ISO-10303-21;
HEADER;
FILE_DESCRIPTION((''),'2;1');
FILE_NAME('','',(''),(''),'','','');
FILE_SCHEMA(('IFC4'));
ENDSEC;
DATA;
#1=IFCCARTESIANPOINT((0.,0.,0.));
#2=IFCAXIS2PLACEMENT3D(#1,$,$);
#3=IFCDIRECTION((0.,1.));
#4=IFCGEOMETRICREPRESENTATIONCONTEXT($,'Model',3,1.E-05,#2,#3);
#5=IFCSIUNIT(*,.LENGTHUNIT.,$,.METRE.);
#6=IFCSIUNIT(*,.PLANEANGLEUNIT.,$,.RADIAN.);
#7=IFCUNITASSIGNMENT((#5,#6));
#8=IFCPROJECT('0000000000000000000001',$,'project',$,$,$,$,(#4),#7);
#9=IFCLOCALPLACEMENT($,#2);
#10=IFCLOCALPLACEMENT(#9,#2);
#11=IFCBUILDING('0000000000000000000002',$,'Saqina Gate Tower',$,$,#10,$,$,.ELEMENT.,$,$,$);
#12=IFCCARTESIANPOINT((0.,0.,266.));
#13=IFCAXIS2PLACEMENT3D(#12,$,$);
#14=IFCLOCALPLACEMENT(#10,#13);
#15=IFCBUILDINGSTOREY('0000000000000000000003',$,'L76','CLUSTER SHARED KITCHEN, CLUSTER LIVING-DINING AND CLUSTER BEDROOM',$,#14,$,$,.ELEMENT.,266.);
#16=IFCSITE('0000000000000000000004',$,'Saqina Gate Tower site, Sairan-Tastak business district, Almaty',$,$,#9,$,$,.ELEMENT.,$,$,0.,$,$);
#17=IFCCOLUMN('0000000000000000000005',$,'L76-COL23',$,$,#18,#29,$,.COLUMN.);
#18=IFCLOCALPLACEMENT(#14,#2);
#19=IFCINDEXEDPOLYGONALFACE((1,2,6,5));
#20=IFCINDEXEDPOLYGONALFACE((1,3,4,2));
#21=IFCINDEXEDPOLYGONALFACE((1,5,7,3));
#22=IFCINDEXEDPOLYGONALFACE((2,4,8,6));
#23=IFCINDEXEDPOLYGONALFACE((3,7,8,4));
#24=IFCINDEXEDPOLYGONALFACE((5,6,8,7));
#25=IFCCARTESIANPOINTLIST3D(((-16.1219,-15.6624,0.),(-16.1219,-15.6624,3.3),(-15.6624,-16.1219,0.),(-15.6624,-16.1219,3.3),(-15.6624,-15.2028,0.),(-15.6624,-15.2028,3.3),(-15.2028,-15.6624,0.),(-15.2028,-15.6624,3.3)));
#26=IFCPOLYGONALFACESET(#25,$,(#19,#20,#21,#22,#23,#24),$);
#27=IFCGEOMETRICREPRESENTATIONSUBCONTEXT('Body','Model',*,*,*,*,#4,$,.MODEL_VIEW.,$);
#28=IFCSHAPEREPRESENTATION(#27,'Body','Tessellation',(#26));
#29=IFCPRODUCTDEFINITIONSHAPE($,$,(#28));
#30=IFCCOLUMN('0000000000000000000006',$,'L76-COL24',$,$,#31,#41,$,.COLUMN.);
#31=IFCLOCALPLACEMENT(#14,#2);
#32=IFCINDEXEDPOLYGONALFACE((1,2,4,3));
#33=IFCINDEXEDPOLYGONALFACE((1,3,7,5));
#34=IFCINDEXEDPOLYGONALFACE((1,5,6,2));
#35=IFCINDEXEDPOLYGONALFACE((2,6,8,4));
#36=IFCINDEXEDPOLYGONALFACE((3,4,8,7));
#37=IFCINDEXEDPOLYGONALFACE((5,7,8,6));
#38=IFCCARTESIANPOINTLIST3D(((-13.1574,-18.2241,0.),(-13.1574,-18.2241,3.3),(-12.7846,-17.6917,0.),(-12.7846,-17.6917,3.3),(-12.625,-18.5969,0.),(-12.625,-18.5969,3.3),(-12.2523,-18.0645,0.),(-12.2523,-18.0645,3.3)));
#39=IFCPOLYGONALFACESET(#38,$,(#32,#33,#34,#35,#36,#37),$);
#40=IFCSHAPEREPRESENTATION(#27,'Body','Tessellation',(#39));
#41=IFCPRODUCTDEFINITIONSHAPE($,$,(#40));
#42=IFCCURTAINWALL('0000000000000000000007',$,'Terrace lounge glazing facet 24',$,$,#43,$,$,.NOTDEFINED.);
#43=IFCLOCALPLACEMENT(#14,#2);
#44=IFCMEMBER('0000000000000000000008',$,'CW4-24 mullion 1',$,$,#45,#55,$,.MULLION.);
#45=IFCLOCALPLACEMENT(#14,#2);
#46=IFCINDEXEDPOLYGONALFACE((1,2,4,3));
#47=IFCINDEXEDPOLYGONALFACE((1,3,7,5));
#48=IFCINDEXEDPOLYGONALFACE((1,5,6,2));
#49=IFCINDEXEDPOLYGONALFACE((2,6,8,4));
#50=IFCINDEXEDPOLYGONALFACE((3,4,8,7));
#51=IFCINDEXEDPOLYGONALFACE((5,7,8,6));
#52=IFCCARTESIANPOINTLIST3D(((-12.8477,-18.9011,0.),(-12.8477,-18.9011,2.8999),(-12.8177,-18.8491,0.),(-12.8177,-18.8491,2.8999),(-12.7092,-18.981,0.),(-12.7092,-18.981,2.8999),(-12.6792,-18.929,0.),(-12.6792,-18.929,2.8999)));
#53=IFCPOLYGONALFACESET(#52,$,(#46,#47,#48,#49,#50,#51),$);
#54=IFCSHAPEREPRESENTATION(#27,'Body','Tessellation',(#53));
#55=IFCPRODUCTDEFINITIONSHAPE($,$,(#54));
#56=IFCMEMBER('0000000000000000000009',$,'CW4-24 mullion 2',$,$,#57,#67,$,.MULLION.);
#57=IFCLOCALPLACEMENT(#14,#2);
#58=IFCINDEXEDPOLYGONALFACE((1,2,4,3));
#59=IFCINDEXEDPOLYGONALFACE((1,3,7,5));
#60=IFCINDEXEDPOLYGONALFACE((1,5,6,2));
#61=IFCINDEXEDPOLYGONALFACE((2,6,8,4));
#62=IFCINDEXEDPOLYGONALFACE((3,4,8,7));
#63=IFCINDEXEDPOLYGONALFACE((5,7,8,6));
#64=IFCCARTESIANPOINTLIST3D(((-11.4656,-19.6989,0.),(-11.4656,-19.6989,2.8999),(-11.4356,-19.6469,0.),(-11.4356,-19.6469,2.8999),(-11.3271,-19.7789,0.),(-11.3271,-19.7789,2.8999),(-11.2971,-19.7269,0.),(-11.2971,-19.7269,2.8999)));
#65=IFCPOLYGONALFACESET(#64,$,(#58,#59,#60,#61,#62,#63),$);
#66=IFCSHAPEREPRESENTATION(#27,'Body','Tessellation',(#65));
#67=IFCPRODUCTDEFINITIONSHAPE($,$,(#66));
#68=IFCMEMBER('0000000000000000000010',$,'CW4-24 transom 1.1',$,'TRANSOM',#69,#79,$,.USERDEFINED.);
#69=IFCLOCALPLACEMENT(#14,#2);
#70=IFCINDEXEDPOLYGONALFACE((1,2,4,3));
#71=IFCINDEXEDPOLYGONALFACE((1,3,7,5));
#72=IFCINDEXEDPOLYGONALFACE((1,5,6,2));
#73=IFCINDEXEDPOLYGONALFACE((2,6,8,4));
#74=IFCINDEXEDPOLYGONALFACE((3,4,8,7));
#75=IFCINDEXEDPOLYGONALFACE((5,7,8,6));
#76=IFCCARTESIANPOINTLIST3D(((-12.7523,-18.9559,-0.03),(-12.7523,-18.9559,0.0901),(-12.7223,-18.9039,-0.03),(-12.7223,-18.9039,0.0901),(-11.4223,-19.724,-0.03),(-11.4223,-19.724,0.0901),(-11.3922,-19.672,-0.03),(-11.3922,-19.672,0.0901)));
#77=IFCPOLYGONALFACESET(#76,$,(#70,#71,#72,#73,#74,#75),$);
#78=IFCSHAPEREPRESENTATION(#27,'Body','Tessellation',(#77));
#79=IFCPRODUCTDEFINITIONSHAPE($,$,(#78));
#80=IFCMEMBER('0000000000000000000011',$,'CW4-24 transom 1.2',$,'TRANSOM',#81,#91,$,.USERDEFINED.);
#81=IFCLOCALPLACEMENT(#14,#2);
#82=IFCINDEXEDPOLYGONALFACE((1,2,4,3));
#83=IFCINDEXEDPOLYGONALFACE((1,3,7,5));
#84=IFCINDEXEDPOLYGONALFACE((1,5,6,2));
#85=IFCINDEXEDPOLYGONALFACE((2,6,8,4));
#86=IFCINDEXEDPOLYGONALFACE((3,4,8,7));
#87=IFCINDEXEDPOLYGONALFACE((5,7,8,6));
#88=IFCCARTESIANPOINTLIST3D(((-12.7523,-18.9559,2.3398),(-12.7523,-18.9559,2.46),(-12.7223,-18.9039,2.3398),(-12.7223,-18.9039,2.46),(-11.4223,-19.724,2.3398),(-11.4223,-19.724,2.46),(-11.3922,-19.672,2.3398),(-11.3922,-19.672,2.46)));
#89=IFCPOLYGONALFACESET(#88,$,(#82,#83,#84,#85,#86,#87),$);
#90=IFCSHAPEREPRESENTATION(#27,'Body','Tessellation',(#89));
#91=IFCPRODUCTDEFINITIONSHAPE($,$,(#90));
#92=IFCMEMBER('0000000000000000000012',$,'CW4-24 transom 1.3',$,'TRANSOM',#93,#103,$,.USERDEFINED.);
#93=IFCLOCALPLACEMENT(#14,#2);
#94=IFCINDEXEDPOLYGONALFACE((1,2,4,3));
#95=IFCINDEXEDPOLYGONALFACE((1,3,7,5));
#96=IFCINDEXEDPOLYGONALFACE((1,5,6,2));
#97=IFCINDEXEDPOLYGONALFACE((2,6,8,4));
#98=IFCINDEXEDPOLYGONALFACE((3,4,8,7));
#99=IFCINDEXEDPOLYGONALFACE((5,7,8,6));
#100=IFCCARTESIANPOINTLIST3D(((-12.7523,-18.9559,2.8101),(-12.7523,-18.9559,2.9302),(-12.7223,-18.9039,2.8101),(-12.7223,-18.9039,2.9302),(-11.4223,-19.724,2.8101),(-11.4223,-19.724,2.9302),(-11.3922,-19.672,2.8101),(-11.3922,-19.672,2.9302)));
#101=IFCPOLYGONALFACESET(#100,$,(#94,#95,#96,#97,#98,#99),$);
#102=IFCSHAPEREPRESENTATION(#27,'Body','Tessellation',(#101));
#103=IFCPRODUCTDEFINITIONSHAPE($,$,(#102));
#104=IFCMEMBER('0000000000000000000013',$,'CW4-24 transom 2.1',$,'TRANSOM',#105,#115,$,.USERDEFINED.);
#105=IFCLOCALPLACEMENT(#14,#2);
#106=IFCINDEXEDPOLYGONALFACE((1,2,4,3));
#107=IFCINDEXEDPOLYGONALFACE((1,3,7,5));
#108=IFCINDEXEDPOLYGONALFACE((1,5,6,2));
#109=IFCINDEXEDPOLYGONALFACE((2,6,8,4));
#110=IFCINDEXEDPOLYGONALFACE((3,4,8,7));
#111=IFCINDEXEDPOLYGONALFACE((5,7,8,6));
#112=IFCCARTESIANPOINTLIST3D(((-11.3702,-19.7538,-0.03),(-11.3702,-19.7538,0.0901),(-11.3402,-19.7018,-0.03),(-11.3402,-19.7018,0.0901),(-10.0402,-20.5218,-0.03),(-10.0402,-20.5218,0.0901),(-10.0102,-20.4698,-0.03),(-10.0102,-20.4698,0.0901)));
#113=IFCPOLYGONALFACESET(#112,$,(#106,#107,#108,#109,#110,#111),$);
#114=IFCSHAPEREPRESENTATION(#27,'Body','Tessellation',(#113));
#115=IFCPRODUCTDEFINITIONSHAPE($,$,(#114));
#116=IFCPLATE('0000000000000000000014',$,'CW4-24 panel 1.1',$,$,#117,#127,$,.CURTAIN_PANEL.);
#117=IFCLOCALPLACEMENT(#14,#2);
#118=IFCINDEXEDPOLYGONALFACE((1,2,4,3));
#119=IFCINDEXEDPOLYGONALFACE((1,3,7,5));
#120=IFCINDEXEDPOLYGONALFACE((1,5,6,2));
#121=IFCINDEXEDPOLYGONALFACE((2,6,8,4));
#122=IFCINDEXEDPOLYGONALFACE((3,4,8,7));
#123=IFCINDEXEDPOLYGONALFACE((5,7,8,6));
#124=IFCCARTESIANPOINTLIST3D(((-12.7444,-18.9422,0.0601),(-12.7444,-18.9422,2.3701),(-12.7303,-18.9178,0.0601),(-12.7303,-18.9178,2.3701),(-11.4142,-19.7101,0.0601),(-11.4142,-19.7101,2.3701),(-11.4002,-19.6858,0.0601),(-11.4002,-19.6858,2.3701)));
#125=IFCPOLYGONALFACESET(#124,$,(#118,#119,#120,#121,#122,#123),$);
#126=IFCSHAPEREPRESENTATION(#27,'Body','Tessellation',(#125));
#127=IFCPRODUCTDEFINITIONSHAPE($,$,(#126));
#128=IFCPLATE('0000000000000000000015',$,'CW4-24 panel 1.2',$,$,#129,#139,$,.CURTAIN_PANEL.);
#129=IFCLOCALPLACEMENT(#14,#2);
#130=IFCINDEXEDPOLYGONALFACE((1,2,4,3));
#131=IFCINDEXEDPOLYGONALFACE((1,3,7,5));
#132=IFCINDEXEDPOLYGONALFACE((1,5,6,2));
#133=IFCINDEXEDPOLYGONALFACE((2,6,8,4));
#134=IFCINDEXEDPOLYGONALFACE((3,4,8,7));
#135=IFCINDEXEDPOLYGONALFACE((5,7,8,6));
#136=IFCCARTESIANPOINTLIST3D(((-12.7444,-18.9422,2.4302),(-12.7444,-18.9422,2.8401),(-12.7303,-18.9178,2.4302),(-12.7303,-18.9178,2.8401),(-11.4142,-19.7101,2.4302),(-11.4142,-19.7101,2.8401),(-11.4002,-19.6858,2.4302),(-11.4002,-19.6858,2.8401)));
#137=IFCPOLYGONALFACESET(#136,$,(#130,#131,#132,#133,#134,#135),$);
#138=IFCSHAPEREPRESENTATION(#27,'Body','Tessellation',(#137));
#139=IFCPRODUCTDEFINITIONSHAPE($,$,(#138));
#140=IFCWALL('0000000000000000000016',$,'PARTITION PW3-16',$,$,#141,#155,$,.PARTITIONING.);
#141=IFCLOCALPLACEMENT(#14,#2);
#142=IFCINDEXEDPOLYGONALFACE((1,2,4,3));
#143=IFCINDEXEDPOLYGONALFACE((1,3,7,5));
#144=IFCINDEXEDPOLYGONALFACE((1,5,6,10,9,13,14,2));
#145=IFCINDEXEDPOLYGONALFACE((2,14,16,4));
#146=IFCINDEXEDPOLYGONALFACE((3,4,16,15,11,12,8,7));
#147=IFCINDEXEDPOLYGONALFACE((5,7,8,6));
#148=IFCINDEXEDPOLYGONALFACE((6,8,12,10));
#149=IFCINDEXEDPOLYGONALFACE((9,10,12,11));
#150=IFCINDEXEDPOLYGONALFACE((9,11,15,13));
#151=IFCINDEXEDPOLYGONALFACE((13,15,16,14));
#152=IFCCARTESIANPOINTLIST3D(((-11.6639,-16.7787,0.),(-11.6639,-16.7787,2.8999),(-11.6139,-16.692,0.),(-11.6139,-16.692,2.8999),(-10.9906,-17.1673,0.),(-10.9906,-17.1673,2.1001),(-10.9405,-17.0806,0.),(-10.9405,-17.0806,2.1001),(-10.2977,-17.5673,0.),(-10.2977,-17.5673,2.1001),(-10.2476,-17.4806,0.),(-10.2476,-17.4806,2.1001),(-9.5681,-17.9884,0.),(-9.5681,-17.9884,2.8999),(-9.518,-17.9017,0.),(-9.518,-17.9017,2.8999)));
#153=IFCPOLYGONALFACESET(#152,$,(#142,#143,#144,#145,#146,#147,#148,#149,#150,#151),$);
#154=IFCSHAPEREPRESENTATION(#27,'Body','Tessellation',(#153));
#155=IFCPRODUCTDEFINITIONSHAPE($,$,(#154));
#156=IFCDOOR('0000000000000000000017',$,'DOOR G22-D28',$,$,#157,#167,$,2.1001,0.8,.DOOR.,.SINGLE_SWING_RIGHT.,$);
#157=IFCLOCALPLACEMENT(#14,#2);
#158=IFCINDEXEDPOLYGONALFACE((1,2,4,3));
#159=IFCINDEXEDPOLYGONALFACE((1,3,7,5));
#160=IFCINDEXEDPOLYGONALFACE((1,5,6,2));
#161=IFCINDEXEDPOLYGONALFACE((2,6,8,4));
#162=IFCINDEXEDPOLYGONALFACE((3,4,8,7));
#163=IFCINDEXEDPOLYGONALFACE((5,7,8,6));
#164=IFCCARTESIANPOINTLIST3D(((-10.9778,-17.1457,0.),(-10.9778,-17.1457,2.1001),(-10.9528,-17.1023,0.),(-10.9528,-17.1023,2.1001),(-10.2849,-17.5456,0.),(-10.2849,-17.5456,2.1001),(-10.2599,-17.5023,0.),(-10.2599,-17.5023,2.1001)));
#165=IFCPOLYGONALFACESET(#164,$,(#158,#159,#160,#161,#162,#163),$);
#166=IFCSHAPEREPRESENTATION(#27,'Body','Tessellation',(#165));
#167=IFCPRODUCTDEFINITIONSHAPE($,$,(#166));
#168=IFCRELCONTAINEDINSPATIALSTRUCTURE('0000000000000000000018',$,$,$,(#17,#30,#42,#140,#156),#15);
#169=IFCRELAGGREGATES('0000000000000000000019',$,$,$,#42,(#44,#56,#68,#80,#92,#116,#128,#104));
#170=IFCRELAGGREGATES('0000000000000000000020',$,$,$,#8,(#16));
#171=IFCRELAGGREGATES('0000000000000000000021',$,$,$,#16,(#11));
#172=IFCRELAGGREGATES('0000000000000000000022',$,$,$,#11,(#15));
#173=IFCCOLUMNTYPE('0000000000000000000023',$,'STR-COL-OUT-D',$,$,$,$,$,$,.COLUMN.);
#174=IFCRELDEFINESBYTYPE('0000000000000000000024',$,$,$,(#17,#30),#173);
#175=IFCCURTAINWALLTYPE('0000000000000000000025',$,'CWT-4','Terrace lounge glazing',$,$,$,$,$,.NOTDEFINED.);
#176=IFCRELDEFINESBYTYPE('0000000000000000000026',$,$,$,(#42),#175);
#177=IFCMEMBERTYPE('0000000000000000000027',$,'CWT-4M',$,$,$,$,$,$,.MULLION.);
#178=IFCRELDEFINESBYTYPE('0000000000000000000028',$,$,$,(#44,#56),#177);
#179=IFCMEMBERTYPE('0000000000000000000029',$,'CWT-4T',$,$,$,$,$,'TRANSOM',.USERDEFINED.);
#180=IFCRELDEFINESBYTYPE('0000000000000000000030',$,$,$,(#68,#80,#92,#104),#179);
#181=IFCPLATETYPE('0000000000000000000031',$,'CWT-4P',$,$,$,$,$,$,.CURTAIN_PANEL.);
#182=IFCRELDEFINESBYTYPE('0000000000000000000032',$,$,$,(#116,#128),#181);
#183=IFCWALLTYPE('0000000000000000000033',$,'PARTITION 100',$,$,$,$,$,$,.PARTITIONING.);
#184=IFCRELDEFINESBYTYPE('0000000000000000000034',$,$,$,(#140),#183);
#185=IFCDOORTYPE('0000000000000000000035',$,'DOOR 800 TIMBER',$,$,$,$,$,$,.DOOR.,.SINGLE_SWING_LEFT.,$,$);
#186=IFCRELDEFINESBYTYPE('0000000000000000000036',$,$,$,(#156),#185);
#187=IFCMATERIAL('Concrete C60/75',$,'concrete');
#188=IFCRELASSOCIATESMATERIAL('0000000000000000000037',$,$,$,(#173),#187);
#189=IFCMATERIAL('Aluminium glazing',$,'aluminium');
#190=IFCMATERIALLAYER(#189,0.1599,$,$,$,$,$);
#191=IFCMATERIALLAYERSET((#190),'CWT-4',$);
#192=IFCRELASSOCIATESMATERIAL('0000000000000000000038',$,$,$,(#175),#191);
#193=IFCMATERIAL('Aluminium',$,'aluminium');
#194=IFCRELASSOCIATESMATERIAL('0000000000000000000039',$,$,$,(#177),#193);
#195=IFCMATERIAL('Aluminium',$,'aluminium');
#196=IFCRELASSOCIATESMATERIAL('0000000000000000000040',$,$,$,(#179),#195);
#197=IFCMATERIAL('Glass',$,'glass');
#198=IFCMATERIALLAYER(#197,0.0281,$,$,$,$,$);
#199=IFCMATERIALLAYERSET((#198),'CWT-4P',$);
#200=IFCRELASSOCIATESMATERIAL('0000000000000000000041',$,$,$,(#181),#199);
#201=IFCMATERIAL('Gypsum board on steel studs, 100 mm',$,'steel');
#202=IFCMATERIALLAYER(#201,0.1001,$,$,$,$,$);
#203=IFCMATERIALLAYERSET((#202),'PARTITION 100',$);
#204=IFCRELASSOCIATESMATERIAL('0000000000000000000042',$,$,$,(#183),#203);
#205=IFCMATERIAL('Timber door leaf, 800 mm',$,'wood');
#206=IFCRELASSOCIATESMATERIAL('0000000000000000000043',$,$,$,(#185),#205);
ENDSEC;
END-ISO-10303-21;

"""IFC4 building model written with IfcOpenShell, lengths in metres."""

from ifc_helpers import new_model, si_unit, direction, frame, frame_2d, origin, origin_2d, place, context, subcontext, project, spatial, rectangle, extrude, material, layer, layer_set, material_profile, profile_set, type_object, element, fill, aggregate, save


model = new_model("IFC4")

# Units and contexts
model_context = context("Model", 3, precision=1e-05, world=origin(), true_north=direction((0.0, 1.0)))
body_context = subcontext(model_context, "Body", "Model", "MODEL_VIEW")
ifc_project = project(units=[si_unit("LENGTHUNIT", "METRE"), si_unit("PLANEANGLEUNIT", "RADIAN")], contexts=[model_context])

# Site, building, storey
site_placement = place(None, origin())
site = spatial("IfcSite", under=ifc_project, at=site_placement, Name="Saqina Gate Tower site, Sairan-Tastak business district, Almaty", CompositionType="ELEMENT", RefElevation=0.0)
building_placement = place(site_placement, origin())
building = spatial("IfcBuilding", under=site, at=building_placement, Name="Saqina Gate Tower", CompositionType="ELEMENT")
storey_placement = place(building_placement, frame((0.0, 0.0, 266.0)))
storey = spatial("IfcBuildingStorey", under=building, at=storey_placement, Name="L76", Description="CLUSTER SHARED KITCHEN, CLUSTER LIVING-DINING AND CLUSTER BEDROOM", CompositionType="ELEMENT", Elevation=266.0)

# Columns
ifc_material_1 = material(Name="Concrete C60/75", Category="concrete")
ifc_material_profile_1 = material_profile(ifc_material_1, rectangle(XDim=0.6499, YDim=0.6499, at=origin_2d()), Name="RC 650x650")
ifc_profile_set_1 = profile_set([ifc_material_profile_1], Name="Concrete C60/75")
column_type = type_object("IfcColumnType", Name="STR-COL-OUT-D", PredefinedType="COLUMN", material=ifc_profile_set_1)
for number, where, z_axis, x_axis, name in (
    (1, (-15.6624, -15.6624, 0.0), (0.0, 0.0, 1.0), (-0.707107, -0.707107, 0.0), "L76-COL23"),
    (2, (-12.7048, -18.1443, 0.0), (0.0, 0.0, 1.0), (-0.573576, -0.819152, 0.0), "L76-COL24"),
):
    element("IfcColumn", number, at=place(storey_placement, frame(where, z_axis=z_axis, x_axis=x_axis)), inside=storey, type_object=column_type, Name=name, PredefinedType="COLUMN", context=body_context, shape_type="SweptSolid", body=[
        extrude(rectangle(XDim=0.6499, YDim=0.6499, at=origin_2d()), origin(), (0.0, 0.0, 1.0), 3.3),
    ])

# Curtain wall, members, plates
ifc_material_2 = material(Name="Aluminium glazing", Category="aluminium")
ifc_layer_1 = layer(ifc_material_2, 0.1599)
ifc_layer_set_1 = layer_set([ifc_layer_1], Name="CWT-4")
curtain_wall_type = type_object("IfcCurtainWallType", Name="CWT-4", Description="Terrace lounge glazing", PredefinedType="NOTDEFINED", material=ifc_layer_set_1)
curtain_wall_placement = place(storey_placement, origin())
curtain_wall = element("IfcCurtainWall", 3, at=curtain_wall_placement, inside=storey, type_object=curtain_wall_type, Name="Terrace lounge glazing facet 24", PredefinedType="NOTDEFINED")
ifc_material_3 = material(Name="Aluminium", Category="aluminium")
ifc_material_profile_2 = material_profile(ifc_material_3, rectangle(XDim=0.0601, YDim=0.1599, at=origin_2d()), Name="Aluminium 60x160")
ifc_profile_set_2 = profile_set([ifc_material_profile_2], Name="Aluminium")
member_type_1 = type_object("IfcMemberType", Name="CWT-4M", PredefinedType="MULLION", material=ifc_profile_set_2)
member_1_placement = place(storey_placement, frame((-12.7634, -18.915, 0.0), z_axis=(0.0, 0.0, 1.0), x_axis=(0.499982, 0.866036, 0.0)))
member_1 = element("IfcMember", 4, at=member_1_placement, type_object=member_type_1, Name="CW4-24 mullion 1", PredefinedType="MULLION", context=body_context, shape_type="SweptSolid", body=[
    extrude(rectangle(XDim=0.0601, YDim=0.1599, at=origin_2d()), origin(), (0.0, 0.0, 1.0), 2.8999),
])
member_2_placement = place(storey_placement, frame((-11.3813, -19.7129, 0.0), z_axis=(0.0, 0.0, 1.0), x_axis=(0.499982, 0.866036, 0.0)))
member_2 = element("IfcMember", 5, at=member_2_placement, type_object=member_type_1, Name="CW4-24 mullion 2", PredefinedType="MULLION", context=body_context, shape_type="SweptSolid", body=[
    extrude(rectangle(XDim=0.0601, YDim=0.1599, at=origin_2d()), origin(), (0.0, 0.0, 1.0), 2.8999),
])
ifc_material_4 = material(Name="Aluminium", Category="aluminium")
ifc_material_profile_3 = material_profile(ifc_material_4, rectangle(XDim=0.0601, YDim=0.1201, at=origin_2d()), Name="Aluminium 60x120")
ifc_profile_set_3 = profile_set([ifc_material_profile_3], Name="Aluminium")
member_type_2 = type_object("IfcMemberType", Name="CWT-4T", ElementType="TRANSOM", PredefinedType="USERDEFINED", material=ifc_profile_set_3)
member_3_placement = place(storey_placement, frame((-12.7373, -18.9299, 0.03), z_axis=(0.865984, -0.500071, 0.0), x_axis=(0.500071, 0.865984, 0.0)))
member_3 = element("IfcMember", 6, at=member_3_placement, type_object=member_type_2, Name="CW4-24 transom 1.1", ObjectType="TRANSOM", PredefinedType="USERDEFINED", context=body_context, shape_type="SweptSolid", body=[
    extrude(rectangle(XDim=0.0601, YDim=0.1201, at=origin_2d()), origin(), (0.0, 0.0, 1.0), 1.5359),
])
member_4_placement = place(storey_placement, frame((-12.7373, -18.9299, 2.3999), z_axis=(0.865984, -0.500071, 0.0), x_axis=(0.500071, 0.865984, 0.0)))
member_4 = element("IfcMember", 7, at=member_4_placement, type_object=member_type_2, Name="CW4-24 transom 1.2", ObjectType="TRANSOM", PredefinedType="USERDEFINED", context=body_context, shape_type="SweptSolid", body=[
    extrude(rectangle(XDim=0.0601, YDim=0.1201, at=origin_2d()), origin(), (0.0, 0.0, 1.0), 1.5359),
])
member_5_placement = place(storey_placement, frame((-12.7373, -18.9299, 2.8701), z_axis=(0.865984, -0.500071, 0.0), x_axis=(0.500071, 0.865984, 0.0)))
member_5 = element("IfcMember", 8, at=member_5_placement, type_object=member_type_2, Name="CW4-24 transom 1.3", ObjectType="TRANSOM", PredefinedType="USERDEFINED", context=body_context, shape_type="SweptSolid", body=[
    extrude(rectangle(XDim=0.0601, YDim=0.1201, at=origin_2d()), origin(), (0.0, 0.0, 1.0), 1.5359),
])
member_6_placement = place(storey_placement, frame((-11.3552, -19.7278, 0.03), z_axis=(0.865984, -0.500071, 0.0), x_axis=(0.500071, 0.865984, 0.0)))
member_6 = element("IfcMember", 9, at=member_6_placement, type_object=member_type_2, Name="CW4-24 transom 2.1", ObjectType="TRANSOM", PredefinedType="USERDEFINED", context=body_context, shape_type="SweptSolid", body=[
    extrude(rectangle(XDim=0.0601, YDim=0.1201, at=origin_2d()), origin(), (0.0, 0.0, 1.0), 1.5359),
])
ifc_material_5 = material(Name="Glass", Category="glass")
ifc_layer_2 = layer(ifc_material_5, 0.0281)
ifc_layer_set_2 = layer_set([ifc_layer_2], Name="CWT-4P")
plate_type = type_object("IfcPlateType", Name="CWT-4P", PredefinedType="CURTAIN_PANEL", material=ifc_layer_set_2)
plate_1_placement = place(storey_placement, frame((-12.0723, -19.314, 0.0601), z_axis=(0.0, 0.0, 1.0), x_axis=(0.866036, -0.499982, 0.0)))
plate_1 = element("IfcPlate", 10, at=plate_1_placement, type_object=plate_type, Name="CW4-24 panel 1.1", PredefinedType="CURTAIN_PANEL", context=body_context, shape_type="SweptSolid", body=[
    extrude(rectangle(XDim=1.5359, YDim=0.0281, at=origin_2d()), origin(), (0.0, 0.0, 1.0), 2.3101),
])
plate_2_placement = place(storey_placement, frame((-12.0723, -19.314, 2.4302), z_axis=(0.0, 0.0, 1.0), x_axis=(0.866036, -0.499982, 0.0)))
plate_2 = element("IfcPlate", 11, at=plate_2_placement, type_object=plate_type, Name="CW4-24 panel 1.2", PredefinedType="CURTAIN_PANEL", context=body_context, shape_type="SweptSolid", body=[
    extrude(rectangle(XDim=1.5359, YDim=0.0281, at=origin_2d()), origin(), (0.0, 0.0, 1.0), 0.4099),
])
aggregate(curtain_wall, [member_1, member_2, member_3, member_4, member_5, plate_1, plate_2, member_6])

# Wall, opening, door
ifc_material_6 = material(Name="Gypsum board on steel studs, 100 mm", Category="steel")
ifc_layer_3 = layer(ifc_material_6, 0.1001)
ifc_layer_set_3 = layer_set([ifc_layer_3], Name="PARTITION 100")
wall_type_1 = type_object("IfcWallType", Name="PARTITION 100", PredefinedType="PARTITIONING", material=ifc_layer_set_3)
wall_1_placement = place(storey_placement, frame((-11.6389, -16.7354, 0.0), z_axis=(0.0, 0.0, 1.0), x_axis=(0.866093, -0.499883, 0.0)))
wall_1 = element("IfcWall", 12, at=wall_1_placement, inside=storey, type_object=wall_type_1, Name="PARTITION PW3-16", PredefinedType="PARTITIONING", context=body_context, shape_type="SweptSolid", body=[
    extrude(rectangle(XDim=2.4199, YDim=0.1001, at=frame_2d((1.21, 0.0))), origin(), (0.0, 0.0, 1.0), 2.8999),
])
opening_1_placement = place(wall_1_placement, frame((0.7776, 0.0, 0.0)))
opening_1 = element("IfcOpeningElement", 13, at=opening_1_placement, cuts=wall_1, PredefinedType="OPENING", context=body_context, shape_type="SweptSolid", body=[
    extrude(rectangle(XDim=0.8, YDim=2.1001, at=frame_2d((0.3999, 1.05))), frame((0.0, 0.062, 0.0), z_axis=(0.0, -1.0, 0.0), x_axis=(1.0, 0.0, 0.0)), (0.0, 0.0, 1.0), 0.124),
])
ifc_material_7 = material(Name="Timber door leaf, 800 mm", Category="wood")
door_type_1 = type_object("IfcDoorType", Name="DOOR 800 TIMBER", OperationType="SINGLE_SWING_LEFT", PredefinedType="DOOR", material=ifc_material_7)
door_1_placement = place(opening_1_placement, frame((0.8, 0.0, 0.0), z_axis=(0.0, 0.0, 1.0), x_axis=(-1.0, 0.0, 0.0)))
door_1 = element("IfcDoor", 14, at=door_1_placement, inside=storey, type_object=door_type_1, Name="DOOR G22-D28", OperationType="SINGLE_SWING_RIGHT", OverallHeight=2.1001, OverallWidth=0.8, PredefinedType="DOOR", context=body_context, shape_type="SweptSolid", body=[
    extrude(rectangle(XDim=0.8, YDim=2.1001, at=frame_2d((0.3999, 1.05))), frame((0.0, 0.0249, 0.0), z_axis=(0.0, -1.0, 0.0), x_axis=(1.0, 0.0, 0.0)), (0.0, 0.0, 1.0), 0.05),
])
fill(opening_1, door_1)

save(model, "model.ifc")
